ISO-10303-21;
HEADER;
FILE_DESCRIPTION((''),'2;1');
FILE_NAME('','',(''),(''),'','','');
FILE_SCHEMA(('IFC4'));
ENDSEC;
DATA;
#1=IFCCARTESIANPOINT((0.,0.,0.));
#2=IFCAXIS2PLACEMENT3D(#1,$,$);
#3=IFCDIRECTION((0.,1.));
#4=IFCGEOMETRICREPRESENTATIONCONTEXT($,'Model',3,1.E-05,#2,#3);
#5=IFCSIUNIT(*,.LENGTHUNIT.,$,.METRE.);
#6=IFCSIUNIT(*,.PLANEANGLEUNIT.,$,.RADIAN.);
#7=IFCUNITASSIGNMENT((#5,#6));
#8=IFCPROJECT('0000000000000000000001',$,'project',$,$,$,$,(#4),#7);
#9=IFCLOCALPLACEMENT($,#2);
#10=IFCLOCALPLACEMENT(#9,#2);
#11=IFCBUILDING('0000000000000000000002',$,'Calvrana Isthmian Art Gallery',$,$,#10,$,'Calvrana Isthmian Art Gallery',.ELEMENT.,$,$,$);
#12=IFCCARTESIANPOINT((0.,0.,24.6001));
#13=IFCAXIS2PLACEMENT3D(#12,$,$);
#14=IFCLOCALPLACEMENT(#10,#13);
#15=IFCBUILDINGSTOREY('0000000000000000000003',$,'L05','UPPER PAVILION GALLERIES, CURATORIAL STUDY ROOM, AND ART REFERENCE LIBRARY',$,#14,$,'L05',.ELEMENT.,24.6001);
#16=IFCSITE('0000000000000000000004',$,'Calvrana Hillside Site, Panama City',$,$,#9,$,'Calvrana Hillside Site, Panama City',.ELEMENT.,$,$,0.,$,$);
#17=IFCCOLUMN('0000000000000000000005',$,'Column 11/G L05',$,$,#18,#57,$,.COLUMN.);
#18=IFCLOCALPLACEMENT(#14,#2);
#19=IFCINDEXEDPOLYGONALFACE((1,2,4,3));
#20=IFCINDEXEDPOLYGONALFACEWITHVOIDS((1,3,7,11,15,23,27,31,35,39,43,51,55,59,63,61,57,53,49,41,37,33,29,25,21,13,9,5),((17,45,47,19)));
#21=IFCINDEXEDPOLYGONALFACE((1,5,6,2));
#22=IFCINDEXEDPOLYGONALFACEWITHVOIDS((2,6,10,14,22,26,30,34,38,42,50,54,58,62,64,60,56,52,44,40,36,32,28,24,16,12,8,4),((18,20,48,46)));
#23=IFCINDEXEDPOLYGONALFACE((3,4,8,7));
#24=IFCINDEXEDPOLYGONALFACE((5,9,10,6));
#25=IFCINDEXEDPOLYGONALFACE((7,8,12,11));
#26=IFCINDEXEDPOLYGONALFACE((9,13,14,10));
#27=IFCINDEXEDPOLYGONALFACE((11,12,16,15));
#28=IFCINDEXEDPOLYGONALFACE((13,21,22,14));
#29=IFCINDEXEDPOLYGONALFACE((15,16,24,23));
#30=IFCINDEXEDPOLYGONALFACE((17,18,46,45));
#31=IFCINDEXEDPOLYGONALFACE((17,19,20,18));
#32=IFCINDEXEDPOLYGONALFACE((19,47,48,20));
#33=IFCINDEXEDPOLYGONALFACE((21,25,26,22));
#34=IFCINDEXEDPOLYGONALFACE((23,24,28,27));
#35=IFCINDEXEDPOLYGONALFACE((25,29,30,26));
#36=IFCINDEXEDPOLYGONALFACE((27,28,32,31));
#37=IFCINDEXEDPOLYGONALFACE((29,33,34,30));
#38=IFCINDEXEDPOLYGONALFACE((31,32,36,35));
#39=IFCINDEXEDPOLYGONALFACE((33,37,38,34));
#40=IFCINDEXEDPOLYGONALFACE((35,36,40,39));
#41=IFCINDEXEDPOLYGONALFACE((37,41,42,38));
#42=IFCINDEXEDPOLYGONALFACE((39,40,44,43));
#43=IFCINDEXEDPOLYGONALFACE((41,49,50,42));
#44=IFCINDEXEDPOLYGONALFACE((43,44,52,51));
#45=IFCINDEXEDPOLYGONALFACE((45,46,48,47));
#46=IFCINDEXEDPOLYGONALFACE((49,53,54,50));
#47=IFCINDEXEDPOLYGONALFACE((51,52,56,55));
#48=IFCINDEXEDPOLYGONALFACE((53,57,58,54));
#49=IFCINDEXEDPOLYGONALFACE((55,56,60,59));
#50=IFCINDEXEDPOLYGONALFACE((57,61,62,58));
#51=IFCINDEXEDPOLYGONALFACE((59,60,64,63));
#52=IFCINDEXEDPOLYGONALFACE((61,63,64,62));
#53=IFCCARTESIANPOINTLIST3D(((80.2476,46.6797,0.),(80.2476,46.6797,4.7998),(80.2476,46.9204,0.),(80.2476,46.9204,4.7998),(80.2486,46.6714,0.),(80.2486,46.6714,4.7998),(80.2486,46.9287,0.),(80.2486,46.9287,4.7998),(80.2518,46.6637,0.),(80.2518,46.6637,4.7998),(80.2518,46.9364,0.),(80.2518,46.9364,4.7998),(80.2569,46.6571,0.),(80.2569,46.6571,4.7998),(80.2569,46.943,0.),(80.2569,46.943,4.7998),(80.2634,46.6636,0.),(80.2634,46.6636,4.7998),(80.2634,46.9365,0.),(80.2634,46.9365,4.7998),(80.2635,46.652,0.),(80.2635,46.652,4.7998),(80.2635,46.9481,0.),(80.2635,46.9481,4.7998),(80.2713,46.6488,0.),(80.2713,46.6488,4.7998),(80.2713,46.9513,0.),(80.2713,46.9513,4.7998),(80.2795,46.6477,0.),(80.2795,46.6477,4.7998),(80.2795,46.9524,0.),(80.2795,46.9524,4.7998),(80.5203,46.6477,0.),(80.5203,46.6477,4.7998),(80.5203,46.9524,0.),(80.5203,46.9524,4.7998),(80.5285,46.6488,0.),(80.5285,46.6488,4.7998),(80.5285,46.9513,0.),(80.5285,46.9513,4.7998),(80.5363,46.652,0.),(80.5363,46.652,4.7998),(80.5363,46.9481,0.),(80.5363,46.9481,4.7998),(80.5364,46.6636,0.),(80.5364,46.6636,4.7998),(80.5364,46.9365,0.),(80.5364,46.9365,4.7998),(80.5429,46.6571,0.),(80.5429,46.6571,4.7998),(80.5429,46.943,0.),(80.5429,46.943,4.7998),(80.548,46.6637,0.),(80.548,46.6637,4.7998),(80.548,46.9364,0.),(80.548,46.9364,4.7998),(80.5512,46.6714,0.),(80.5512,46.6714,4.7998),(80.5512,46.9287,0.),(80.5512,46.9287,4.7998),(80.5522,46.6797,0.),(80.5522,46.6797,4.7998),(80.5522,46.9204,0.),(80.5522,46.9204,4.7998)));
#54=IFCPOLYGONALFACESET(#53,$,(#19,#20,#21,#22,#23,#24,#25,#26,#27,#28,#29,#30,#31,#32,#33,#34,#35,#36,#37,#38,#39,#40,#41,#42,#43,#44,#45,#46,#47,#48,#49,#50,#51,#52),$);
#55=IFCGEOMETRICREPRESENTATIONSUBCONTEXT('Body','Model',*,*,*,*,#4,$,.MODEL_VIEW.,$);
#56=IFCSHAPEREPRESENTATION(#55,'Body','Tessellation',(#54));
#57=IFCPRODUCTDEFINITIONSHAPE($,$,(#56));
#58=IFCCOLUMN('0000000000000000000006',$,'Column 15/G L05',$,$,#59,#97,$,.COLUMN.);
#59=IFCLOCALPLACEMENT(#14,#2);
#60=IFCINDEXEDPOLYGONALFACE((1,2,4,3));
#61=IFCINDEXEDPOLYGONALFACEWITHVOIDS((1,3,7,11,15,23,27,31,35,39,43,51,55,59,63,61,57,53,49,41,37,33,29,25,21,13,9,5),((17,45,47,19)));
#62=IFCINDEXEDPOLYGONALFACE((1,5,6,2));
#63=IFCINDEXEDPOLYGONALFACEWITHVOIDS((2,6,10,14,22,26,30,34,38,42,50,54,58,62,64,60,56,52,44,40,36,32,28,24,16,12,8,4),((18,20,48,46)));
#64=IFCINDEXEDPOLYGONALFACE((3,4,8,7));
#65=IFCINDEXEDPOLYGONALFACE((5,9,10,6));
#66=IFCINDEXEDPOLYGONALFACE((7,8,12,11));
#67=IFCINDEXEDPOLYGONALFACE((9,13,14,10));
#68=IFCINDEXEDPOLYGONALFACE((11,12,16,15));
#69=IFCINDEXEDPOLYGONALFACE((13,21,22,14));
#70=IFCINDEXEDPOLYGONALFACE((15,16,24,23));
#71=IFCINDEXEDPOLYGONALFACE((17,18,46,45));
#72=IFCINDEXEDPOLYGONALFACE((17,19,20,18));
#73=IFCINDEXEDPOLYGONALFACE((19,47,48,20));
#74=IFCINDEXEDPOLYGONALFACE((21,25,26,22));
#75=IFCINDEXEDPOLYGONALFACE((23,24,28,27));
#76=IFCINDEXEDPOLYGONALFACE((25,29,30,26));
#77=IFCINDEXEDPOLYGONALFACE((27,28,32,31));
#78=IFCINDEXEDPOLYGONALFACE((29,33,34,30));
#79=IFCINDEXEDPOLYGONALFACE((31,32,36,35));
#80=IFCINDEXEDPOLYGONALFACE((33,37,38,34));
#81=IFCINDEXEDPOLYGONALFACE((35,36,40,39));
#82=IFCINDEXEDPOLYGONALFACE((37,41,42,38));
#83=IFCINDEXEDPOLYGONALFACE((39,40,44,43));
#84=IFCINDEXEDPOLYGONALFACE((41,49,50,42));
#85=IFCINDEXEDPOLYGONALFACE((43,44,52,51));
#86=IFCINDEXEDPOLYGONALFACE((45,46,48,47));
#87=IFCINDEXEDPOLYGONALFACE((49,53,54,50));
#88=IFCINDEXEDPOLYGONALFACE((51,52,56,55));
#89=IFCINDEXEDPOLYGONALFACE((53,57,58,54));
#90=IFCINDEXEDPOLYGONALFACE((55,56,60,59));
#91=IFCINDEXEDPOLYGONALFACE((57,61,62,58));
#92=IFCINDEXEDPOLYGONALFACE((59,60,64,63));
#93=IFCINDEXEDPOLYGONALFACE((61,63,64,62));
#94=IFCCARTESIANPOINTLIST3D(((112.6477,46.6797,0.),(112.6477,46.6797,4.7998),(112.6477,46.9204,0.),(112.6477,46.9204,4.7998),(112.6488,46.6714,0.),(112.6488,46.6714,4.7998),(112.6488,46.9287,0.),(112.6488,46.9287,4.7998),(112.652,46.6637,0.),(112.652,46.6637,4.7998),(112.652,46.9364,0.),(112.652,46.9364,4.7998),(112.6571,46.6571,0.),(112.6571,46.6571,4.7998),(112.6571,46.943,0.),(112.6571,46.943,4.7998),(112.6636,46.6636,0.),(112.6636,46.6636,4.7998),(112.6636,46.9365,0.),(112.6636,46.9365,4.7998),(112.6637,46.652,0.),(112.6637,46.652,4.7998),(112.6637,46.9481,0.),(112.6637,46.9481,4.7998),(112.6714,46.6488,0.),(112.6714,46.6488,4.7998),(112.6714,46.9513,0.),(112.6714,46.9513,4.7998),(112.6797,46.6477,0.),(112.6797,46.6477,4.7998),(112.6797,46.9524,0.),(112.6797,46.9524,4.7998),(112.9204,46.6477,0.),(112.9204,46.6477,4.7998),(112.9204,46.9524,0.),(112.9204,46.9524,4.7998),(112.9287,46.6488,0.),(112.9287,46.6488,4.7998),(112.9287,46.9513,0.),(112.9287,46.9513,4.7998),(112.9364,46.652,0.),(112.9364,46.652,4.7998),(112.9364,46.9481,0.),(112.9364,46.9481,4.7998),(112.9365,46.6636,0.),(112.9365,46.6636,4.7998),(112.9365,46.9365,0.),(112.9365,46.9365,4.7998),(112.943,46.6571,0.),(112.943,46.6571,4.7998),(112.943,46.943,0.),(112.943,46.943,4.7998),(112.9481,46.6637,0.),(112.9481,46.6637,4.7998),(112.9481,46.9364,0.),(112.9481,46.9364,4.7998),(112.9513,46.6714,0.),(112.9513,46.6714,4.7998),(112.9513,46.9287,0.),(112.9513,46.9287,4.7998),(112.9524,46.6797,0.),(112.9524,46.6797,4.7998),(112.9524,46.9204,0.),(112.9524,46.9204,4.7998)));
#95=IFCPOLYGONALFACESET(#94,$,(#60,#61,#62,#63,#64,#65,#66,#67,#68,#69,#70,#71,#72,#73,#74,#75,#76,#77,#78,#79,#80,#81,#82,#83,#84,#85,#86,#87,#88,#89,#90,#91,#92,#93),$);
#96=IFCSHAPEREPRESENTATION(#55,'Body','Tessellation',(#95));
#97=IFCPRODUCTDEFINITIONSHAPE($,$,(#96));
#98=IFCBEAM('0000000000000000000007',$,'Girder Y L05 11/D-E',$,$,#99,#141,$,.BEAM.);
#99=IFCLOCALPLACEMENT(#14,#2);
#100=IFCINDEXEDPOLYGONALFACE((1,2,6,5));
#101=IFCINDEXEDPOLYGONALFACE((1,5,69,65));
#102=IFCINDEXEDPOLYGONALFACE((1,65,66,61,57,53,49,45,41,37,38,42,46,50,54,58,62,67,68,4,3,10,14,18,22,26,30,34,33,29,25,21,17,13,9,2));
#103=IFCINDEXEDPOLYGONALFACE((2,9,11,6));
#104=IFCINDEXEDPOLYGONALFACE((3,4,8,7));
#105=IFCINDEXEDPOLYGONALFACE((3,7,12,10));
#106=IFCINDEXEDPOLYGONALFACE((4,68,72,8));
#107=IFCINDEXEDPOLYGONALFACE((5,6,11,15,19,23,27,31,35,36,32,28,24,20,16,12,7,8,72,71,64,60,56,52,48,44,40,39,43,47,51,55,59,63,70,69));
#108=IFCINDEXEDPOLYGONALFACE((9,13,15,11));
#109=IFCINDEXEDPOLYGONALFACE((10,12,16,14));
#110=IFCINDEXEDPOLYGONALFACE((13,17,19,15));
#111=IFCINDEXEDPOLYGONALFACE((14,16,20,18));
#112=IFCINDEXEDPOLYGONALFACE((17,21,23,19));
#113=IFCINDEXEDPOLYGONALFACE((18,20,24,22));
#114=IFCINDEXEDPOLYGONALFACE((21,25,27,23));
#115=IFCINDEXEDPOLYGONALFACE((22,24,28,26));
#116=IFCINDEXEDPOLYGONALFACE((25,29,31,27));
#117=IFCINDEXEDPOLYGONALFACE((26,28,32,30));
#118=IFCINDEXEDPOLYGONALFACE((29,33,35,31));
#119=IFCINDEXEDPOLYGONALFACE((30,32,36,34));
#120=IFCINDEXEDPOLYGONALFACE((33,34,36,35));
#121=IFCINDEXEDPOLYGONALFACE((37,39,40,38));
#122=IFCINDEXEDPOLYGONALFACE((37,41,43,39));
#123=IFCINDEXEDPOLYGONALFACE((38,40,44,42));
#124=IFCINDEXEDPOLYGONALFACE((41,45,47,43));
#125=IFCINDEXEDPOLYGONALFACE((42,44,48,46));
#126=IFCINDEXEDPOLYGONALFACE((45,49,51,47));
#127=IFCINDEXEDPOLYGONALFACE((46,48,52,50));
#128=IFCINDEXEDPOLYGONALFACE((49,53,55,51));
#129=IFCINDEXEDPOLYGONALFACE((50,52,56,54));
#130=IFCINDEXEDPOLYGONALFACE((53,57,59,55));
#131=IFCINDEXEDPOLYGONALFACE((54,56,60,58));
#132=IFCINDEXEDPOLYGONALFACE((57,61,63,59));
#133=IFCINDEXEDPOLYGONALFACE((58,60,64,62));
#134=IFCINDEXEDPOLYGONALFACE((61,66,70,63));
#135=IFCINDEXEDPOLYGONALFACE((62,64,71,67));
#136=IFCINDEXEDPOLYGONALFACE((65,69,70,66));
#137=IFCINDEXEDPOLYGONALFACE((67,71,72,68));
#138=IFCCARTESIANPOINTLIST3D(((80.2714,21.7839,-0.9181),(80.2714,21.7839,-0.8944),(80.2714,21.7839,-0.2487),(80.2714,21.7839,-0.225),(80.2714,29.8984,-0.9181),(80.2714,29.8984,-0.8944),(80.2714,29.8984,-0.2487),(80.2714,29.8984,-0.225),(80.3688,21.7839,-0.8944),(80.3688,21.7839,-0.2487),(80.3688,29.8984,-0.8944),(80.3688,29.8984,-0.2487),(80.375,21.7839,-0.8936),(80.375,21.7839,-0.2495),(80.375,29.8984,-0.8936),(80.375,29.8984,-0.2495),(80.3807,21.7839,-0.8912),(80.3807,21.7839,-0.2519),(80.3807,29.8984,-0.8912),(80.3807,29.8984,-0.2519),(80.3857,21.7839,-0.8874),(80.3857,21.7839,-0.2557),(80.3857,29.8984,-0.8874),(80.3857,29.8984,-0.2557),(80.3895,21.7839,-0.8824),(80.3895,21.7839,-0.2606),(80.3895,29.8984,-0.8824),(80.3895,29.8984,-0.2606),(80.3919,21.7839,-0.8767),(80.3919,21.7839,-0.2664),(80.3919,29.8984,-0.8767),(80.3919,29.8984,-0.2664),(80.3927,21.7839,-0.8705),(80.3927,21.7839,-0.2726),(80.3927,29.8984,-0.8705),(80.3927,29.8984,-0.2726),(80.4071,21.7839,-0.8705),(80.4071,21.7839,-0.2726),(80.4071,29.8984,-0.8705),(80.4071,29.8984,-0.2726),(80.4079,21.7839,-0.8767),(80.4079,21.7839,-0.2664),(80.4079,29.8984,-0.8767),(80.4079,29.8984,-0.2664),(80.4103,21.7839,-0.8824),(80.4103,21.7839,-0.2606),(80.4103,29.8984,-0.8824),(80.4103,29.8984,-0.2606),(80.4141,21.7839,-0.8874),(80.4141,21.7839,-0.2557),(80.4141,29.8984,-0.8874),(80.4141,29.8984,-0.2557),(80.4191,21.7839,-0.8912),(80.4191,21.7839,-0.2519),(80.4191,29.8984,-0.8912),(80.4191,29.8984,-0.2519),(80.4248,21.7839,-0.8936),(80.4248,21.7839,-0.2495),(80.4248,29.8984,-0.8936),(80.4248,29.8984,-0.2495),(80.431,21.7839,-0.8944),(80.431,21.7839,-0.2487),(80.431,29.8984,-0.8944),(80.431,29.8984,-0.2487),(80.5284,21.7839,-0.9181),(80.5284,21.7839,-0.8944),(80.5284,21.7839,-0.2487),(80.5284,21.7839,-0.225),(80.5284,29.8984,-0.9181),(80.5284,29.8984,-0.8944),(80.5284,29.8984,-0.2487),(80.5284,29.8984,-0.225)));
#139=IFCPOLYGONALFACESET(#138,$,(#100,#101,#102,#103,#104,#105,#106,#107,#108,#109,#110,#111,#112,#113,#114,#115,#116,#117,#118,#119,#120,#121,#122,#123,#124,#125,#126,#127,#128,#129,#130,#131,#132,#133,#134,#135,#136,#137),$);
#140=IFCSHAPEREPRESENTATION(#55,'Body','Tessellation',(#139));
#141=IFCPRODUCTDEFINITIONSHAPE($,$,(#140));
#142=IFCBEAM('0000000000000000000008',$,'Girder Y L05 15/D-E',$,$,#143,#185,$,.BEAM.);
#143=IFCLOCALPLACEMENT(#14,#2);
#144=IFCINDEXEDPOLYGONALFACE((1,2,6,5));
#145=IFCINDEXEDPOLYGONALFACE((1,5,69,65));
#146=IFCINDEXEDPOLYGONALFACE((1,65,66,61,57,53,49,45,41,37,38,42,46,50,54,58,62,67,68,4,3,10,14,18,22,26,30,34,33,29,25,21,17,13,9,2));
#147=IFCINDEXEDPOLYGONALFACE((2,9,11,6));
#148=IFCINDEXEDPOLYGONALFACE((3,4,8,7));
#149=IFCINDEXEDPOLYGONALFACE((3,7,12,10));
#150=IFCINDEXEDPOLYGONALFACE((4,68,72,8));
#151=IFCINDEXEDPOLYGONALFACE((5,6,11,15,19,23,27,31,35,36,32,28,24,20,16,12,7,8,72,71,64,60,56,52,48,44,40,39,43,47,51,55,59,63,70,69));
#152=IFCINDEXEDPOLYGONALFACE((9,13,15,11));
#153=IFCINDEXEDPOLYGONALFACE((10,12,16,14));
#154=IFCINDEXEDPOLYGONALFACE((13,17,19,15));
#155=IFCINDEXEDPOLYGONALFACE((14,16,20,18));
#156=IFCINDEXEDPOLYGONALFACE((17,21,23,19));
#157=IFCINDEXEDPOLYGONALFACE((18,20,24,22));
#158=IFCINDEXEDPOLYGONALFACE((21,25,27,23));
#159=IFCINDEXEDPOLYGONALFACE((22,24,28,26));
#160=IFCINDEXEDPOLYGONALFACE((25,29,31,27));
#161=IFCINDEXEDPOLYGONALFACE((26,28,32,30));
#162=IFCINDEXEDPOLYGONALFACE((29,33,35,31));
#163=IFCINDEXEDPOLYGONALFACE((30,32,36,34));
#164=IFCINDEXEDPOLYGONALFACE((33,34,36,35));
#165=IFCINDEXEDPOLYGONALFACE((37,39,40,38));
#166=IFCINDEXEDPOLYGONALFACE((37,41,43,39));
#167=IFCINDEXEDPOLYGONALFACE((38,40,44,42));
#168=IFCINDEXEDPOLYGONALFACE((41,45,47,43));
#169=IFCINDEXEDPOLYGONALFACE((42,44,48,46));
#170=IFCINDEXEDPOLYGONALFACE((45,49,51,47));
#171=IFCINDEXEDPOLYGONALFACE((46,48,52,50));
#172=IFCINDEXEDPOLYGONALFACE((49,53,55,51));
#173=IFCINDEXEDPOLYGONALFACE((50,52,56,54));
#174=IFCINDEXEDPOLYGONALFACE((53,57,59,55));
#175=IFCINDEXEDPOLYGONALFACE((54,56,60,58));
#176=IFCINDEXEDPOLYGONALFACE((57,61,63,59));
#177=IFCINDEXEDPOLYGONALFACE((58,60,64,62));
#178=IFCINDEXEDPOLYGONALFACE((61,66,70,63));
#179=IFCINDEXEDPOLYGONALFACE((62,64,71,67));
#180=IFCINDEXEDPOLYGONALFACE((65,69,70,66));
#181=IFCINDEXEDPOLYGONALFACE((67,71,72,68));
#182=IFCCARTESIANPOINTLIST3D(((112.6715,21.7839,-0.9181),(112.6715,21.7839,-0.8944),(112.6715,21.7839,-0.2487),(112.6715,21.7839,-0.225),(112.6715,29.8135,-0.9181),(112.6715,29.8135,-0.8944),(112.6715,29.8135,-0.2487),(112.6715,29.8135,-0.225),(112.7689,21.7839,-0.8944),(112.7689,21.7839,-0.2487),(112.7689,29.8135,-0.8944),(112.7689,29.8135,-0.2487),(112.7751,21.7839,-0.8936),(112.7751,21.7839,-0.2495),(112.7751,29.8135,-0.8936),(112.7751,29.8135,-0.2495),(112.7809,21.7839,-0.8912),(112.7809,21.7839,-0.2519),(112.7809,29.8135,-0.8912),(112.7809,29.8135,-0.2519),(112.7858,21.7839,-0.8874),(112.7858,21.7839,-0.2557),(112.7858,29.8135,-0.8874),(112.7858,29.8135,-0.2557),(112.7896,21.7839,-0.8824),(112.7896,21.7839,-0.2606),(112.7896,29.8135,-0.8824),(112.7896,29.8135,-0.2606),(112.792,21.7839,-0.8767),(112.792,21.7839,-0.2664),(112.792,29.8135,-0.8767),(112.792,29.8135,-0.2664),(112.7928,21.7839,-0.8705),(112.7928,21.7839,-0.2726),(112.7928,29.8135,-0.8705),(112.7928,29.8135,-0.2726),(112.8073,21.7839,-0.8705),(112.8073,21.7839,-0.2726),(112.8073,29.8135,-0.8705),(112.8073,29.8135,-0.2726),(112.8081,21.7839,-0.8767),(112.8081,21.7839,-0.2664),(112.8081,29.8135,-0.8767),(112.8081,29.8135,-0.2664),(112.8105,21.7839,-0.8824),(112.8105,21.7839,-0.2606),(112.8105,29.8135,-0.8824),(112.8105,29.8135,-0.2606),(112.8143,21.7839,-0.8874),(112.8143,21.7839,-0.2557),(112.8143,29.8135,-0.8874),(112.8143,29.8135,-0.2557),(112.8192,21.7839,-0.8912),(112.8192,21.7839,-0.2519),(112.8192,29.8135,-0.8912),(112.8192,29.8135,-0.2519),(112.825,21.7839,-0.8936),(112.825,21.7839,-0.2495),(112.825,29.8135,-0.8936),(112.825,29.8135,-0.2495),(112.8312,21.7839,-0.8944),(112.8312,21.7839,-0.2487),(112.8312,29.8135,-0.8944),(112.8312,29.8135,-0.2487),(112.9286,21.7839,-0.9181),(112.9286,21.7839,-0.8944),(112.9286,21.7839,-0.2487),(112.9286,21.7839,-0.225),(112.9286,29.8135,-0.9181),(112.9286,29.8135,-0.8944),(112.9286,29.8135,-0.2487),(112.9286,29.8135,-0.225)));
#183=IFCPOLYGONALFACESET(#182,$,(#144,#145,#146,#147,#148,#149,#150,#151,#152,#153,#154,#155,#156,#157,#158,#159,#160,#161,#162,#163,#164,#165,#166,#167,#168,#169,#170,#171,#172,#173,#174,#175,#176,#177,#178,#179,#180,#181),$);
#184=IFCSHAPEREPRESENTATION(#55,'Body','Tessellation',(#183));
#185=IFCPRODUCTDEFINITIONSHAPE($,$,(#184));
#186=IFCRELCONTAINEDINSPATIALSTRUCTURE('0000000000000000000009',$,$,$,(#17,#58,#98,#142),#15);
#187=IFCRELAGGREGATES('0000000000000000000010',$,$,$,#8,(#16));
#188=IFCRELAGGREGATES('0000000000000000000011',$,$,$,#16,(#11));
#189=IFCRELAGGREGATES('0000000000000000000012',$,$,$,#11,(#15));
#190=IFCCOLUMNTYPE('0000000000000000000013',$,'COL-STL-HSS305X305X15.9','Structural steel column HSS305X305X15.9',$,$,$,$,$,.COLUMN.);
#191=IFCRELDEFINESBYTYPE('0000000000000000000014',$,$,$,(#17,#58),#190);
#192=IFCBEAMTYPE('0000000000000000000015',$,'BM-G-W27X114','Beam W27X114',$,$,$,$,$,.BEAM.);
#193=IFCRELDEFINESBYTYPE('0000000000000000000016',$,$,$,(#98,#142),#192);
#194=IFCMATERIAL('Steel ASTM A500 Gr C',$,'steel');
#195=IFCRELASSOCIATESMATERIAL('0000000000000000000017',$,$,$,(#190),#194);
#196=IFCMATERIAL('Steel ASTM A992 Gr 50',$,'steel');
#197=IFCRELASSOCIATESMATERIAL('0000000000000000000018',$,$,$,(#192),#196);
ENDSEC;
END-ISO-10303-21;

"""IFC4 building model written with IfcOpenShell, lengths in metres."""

from ifc_helpers import new_model, si_unit, direction, frame, origin, origin_2d, place, context, subcontext, project, spatial, hollow_rectangle, i_section, extrude, material, material_profile, profile_set, type_object, element, save


model = new_model("IFC4")

# Units and contexts
model_context = context("Model", 3, precision=1e-05, world=origin(), true_north=direction((0.0, 1.0)))
body_context = subcontext(model_context, "Body", "Model", "MODEL_VIEW")
ifc_project = project(units=[si_unit("LENGTHUNIT", "METRE"), si_unit("PLANEANGLEUNIT", "RADIAN")], contexts=[model_context])

# Site, building, storey
site_placement = place(None, origin())
site = spatial("IfcSite", under=ifc_project, at=site_placement, Name="Calvrana Hillside Site, Panama City", LongName="Calvrana Hillside Site, Panama City", CompositionType="ELEMENT", RefElevation=0.0)
building_placement = place(site_placement, origin())
building = spatial("IfcBuilding", under=site, at=building_placement, Name="Calvrana Isthmian Art Gallery", LongName="Calvrana Isthmian Art Gallery", CompositionType="ELEMENT")
storey_placement = place(building_placement, frame((0.0, 0.0, 24.6001)))
storey = spatial("IfcBuildingStorey", under=building, at=storey_placement, Name="L05", Description="UPPER PAVILION GALLERIES, CURATORIAL STUDY ROOM, AND ART REFERENCE LIBRARY", LongName="L05", CompositionType="ELEMENT", Elevation=24.6001)

# Columns
ifc_material_1 = material(Name="Steel ASTM A500 Gr C", Category="steel")
ifc_material_profile_1 = material_profile(ifc_material_1, hollow_rectangle(XDim=0.3047, YDim=0.3047, WallThickness=0.0159, OuterFilletRadius=0.032, at=origin_2d()), Name="HSS305X305X15.9")
ifc_profile_set_1 = profile_set([ifc_material_profile_1], Name="Steel ASTM A500 Gr C")
column_type_1 = type_object("IfcColumnType", Name="COL-STL-HSS305X305X15.9", Description="Structural steel column HSS305X305X15.9", PredefinedType="COLUMN", material=ifc_profile_set_1)
for number, where, z_axis, x_axis, name in (
    (1, (80.3999, 46.8, 0.0), (0.0, 0.0, 1.0), (1.0, 0.0, 0.0), "Column 11/G L05"),
    (2, (112.8, 46.8, 0.0), (0.0, 0.0, 1.0), (1.0, 0.0, 0.0), "Column 15/G L05"),
):
    element("IfcColumn", number, at=place(storey_placement, frame(where, z_axis=z_axis, x_axis=x_axis)), inside=storey, type_object=column_type_1, Name=name, PredefinedType="COLUMN", context=body_context, shape_type="SweptSolid", body=[
        extrude(hollow_rectangle(XDim=0.3047, YDim=0.3047, WallThickness=0.0159, OuterFilletRadius=0.032, at=origin_2d()), origin(), (0.0, 0.0, 1.0), 4.7998),
    ])

# Beams
ifc_material_2 = material(Name="Steel ASTM A992 Gr 50", Category="steel")
ifc_material_profile_2 = material_profile(ifc_material_2, i_section(OverallWidth=0.2571, OverallDepth=0.6931, WebThickness=0.0144, FlangeThickness=0.0237, FilletRadius=0.0239, at=origin_2d()), Name="W27X114")
ifc_profile_set_2 = profile_set([ifc_material_profile_2], Name="Steel ASTM A992 Gr 50")
beam_type_1 = type_object("IfcBeamType", Name="BM-G-W27X114", Description="Beam W27X114", PredefinedType="BEAM", material=ifc_profile_set_2)
beam_1_placement = place(storey_placement, frame((80.3999, 21.7839, -0.5715), z_axis=(0.0, 1.0, 0.0), x_axis=(-1.0, 0.0, 0.0)))
element("IfcBeam", 3, at=beam_1_placement, inside=storey, type_object=beam_type_1, Name="Girder Y L05 11/D-E", PredefinedType="BEAM", context=body_context, shape_type="SweptSolid", body=[
    extrude(i_section(OverallWidth=0.2571, OverallDepth=0.6931, WebThickness=0.0144, FlangeThickness=0.0237, FilletRadius=0.0239, at=origin_2d()), origin(), (0.0, 0.0, 1.0), 8.1145),
])
beam_2_placement = place(storey_placement, frame((112.8, 21.7839, -0.5715), z_axis=(0.0, 1.0, 0.0), x_axis=(-1.0, 0.0, 0.0)))
element("IfcBeam", 4, at=beam_2_placement, inside=storey, type_object=beam_type_1, Name="Girder Y L05 15/D-E", PredefinedType="BEAM", context=body_context, shape_type="SweptSolid", body=[
    extrude(i_section(OverallWidth=0.2571, OverallDepth=0.6931, WebThickness=0.0144, FlangeThickness=0.0237, FilletRadius=0.0239, at=origin_2d()), origin(), (0.0, 0.0, 1.0), 8.0295),
])

save(model, "model.ifc")
